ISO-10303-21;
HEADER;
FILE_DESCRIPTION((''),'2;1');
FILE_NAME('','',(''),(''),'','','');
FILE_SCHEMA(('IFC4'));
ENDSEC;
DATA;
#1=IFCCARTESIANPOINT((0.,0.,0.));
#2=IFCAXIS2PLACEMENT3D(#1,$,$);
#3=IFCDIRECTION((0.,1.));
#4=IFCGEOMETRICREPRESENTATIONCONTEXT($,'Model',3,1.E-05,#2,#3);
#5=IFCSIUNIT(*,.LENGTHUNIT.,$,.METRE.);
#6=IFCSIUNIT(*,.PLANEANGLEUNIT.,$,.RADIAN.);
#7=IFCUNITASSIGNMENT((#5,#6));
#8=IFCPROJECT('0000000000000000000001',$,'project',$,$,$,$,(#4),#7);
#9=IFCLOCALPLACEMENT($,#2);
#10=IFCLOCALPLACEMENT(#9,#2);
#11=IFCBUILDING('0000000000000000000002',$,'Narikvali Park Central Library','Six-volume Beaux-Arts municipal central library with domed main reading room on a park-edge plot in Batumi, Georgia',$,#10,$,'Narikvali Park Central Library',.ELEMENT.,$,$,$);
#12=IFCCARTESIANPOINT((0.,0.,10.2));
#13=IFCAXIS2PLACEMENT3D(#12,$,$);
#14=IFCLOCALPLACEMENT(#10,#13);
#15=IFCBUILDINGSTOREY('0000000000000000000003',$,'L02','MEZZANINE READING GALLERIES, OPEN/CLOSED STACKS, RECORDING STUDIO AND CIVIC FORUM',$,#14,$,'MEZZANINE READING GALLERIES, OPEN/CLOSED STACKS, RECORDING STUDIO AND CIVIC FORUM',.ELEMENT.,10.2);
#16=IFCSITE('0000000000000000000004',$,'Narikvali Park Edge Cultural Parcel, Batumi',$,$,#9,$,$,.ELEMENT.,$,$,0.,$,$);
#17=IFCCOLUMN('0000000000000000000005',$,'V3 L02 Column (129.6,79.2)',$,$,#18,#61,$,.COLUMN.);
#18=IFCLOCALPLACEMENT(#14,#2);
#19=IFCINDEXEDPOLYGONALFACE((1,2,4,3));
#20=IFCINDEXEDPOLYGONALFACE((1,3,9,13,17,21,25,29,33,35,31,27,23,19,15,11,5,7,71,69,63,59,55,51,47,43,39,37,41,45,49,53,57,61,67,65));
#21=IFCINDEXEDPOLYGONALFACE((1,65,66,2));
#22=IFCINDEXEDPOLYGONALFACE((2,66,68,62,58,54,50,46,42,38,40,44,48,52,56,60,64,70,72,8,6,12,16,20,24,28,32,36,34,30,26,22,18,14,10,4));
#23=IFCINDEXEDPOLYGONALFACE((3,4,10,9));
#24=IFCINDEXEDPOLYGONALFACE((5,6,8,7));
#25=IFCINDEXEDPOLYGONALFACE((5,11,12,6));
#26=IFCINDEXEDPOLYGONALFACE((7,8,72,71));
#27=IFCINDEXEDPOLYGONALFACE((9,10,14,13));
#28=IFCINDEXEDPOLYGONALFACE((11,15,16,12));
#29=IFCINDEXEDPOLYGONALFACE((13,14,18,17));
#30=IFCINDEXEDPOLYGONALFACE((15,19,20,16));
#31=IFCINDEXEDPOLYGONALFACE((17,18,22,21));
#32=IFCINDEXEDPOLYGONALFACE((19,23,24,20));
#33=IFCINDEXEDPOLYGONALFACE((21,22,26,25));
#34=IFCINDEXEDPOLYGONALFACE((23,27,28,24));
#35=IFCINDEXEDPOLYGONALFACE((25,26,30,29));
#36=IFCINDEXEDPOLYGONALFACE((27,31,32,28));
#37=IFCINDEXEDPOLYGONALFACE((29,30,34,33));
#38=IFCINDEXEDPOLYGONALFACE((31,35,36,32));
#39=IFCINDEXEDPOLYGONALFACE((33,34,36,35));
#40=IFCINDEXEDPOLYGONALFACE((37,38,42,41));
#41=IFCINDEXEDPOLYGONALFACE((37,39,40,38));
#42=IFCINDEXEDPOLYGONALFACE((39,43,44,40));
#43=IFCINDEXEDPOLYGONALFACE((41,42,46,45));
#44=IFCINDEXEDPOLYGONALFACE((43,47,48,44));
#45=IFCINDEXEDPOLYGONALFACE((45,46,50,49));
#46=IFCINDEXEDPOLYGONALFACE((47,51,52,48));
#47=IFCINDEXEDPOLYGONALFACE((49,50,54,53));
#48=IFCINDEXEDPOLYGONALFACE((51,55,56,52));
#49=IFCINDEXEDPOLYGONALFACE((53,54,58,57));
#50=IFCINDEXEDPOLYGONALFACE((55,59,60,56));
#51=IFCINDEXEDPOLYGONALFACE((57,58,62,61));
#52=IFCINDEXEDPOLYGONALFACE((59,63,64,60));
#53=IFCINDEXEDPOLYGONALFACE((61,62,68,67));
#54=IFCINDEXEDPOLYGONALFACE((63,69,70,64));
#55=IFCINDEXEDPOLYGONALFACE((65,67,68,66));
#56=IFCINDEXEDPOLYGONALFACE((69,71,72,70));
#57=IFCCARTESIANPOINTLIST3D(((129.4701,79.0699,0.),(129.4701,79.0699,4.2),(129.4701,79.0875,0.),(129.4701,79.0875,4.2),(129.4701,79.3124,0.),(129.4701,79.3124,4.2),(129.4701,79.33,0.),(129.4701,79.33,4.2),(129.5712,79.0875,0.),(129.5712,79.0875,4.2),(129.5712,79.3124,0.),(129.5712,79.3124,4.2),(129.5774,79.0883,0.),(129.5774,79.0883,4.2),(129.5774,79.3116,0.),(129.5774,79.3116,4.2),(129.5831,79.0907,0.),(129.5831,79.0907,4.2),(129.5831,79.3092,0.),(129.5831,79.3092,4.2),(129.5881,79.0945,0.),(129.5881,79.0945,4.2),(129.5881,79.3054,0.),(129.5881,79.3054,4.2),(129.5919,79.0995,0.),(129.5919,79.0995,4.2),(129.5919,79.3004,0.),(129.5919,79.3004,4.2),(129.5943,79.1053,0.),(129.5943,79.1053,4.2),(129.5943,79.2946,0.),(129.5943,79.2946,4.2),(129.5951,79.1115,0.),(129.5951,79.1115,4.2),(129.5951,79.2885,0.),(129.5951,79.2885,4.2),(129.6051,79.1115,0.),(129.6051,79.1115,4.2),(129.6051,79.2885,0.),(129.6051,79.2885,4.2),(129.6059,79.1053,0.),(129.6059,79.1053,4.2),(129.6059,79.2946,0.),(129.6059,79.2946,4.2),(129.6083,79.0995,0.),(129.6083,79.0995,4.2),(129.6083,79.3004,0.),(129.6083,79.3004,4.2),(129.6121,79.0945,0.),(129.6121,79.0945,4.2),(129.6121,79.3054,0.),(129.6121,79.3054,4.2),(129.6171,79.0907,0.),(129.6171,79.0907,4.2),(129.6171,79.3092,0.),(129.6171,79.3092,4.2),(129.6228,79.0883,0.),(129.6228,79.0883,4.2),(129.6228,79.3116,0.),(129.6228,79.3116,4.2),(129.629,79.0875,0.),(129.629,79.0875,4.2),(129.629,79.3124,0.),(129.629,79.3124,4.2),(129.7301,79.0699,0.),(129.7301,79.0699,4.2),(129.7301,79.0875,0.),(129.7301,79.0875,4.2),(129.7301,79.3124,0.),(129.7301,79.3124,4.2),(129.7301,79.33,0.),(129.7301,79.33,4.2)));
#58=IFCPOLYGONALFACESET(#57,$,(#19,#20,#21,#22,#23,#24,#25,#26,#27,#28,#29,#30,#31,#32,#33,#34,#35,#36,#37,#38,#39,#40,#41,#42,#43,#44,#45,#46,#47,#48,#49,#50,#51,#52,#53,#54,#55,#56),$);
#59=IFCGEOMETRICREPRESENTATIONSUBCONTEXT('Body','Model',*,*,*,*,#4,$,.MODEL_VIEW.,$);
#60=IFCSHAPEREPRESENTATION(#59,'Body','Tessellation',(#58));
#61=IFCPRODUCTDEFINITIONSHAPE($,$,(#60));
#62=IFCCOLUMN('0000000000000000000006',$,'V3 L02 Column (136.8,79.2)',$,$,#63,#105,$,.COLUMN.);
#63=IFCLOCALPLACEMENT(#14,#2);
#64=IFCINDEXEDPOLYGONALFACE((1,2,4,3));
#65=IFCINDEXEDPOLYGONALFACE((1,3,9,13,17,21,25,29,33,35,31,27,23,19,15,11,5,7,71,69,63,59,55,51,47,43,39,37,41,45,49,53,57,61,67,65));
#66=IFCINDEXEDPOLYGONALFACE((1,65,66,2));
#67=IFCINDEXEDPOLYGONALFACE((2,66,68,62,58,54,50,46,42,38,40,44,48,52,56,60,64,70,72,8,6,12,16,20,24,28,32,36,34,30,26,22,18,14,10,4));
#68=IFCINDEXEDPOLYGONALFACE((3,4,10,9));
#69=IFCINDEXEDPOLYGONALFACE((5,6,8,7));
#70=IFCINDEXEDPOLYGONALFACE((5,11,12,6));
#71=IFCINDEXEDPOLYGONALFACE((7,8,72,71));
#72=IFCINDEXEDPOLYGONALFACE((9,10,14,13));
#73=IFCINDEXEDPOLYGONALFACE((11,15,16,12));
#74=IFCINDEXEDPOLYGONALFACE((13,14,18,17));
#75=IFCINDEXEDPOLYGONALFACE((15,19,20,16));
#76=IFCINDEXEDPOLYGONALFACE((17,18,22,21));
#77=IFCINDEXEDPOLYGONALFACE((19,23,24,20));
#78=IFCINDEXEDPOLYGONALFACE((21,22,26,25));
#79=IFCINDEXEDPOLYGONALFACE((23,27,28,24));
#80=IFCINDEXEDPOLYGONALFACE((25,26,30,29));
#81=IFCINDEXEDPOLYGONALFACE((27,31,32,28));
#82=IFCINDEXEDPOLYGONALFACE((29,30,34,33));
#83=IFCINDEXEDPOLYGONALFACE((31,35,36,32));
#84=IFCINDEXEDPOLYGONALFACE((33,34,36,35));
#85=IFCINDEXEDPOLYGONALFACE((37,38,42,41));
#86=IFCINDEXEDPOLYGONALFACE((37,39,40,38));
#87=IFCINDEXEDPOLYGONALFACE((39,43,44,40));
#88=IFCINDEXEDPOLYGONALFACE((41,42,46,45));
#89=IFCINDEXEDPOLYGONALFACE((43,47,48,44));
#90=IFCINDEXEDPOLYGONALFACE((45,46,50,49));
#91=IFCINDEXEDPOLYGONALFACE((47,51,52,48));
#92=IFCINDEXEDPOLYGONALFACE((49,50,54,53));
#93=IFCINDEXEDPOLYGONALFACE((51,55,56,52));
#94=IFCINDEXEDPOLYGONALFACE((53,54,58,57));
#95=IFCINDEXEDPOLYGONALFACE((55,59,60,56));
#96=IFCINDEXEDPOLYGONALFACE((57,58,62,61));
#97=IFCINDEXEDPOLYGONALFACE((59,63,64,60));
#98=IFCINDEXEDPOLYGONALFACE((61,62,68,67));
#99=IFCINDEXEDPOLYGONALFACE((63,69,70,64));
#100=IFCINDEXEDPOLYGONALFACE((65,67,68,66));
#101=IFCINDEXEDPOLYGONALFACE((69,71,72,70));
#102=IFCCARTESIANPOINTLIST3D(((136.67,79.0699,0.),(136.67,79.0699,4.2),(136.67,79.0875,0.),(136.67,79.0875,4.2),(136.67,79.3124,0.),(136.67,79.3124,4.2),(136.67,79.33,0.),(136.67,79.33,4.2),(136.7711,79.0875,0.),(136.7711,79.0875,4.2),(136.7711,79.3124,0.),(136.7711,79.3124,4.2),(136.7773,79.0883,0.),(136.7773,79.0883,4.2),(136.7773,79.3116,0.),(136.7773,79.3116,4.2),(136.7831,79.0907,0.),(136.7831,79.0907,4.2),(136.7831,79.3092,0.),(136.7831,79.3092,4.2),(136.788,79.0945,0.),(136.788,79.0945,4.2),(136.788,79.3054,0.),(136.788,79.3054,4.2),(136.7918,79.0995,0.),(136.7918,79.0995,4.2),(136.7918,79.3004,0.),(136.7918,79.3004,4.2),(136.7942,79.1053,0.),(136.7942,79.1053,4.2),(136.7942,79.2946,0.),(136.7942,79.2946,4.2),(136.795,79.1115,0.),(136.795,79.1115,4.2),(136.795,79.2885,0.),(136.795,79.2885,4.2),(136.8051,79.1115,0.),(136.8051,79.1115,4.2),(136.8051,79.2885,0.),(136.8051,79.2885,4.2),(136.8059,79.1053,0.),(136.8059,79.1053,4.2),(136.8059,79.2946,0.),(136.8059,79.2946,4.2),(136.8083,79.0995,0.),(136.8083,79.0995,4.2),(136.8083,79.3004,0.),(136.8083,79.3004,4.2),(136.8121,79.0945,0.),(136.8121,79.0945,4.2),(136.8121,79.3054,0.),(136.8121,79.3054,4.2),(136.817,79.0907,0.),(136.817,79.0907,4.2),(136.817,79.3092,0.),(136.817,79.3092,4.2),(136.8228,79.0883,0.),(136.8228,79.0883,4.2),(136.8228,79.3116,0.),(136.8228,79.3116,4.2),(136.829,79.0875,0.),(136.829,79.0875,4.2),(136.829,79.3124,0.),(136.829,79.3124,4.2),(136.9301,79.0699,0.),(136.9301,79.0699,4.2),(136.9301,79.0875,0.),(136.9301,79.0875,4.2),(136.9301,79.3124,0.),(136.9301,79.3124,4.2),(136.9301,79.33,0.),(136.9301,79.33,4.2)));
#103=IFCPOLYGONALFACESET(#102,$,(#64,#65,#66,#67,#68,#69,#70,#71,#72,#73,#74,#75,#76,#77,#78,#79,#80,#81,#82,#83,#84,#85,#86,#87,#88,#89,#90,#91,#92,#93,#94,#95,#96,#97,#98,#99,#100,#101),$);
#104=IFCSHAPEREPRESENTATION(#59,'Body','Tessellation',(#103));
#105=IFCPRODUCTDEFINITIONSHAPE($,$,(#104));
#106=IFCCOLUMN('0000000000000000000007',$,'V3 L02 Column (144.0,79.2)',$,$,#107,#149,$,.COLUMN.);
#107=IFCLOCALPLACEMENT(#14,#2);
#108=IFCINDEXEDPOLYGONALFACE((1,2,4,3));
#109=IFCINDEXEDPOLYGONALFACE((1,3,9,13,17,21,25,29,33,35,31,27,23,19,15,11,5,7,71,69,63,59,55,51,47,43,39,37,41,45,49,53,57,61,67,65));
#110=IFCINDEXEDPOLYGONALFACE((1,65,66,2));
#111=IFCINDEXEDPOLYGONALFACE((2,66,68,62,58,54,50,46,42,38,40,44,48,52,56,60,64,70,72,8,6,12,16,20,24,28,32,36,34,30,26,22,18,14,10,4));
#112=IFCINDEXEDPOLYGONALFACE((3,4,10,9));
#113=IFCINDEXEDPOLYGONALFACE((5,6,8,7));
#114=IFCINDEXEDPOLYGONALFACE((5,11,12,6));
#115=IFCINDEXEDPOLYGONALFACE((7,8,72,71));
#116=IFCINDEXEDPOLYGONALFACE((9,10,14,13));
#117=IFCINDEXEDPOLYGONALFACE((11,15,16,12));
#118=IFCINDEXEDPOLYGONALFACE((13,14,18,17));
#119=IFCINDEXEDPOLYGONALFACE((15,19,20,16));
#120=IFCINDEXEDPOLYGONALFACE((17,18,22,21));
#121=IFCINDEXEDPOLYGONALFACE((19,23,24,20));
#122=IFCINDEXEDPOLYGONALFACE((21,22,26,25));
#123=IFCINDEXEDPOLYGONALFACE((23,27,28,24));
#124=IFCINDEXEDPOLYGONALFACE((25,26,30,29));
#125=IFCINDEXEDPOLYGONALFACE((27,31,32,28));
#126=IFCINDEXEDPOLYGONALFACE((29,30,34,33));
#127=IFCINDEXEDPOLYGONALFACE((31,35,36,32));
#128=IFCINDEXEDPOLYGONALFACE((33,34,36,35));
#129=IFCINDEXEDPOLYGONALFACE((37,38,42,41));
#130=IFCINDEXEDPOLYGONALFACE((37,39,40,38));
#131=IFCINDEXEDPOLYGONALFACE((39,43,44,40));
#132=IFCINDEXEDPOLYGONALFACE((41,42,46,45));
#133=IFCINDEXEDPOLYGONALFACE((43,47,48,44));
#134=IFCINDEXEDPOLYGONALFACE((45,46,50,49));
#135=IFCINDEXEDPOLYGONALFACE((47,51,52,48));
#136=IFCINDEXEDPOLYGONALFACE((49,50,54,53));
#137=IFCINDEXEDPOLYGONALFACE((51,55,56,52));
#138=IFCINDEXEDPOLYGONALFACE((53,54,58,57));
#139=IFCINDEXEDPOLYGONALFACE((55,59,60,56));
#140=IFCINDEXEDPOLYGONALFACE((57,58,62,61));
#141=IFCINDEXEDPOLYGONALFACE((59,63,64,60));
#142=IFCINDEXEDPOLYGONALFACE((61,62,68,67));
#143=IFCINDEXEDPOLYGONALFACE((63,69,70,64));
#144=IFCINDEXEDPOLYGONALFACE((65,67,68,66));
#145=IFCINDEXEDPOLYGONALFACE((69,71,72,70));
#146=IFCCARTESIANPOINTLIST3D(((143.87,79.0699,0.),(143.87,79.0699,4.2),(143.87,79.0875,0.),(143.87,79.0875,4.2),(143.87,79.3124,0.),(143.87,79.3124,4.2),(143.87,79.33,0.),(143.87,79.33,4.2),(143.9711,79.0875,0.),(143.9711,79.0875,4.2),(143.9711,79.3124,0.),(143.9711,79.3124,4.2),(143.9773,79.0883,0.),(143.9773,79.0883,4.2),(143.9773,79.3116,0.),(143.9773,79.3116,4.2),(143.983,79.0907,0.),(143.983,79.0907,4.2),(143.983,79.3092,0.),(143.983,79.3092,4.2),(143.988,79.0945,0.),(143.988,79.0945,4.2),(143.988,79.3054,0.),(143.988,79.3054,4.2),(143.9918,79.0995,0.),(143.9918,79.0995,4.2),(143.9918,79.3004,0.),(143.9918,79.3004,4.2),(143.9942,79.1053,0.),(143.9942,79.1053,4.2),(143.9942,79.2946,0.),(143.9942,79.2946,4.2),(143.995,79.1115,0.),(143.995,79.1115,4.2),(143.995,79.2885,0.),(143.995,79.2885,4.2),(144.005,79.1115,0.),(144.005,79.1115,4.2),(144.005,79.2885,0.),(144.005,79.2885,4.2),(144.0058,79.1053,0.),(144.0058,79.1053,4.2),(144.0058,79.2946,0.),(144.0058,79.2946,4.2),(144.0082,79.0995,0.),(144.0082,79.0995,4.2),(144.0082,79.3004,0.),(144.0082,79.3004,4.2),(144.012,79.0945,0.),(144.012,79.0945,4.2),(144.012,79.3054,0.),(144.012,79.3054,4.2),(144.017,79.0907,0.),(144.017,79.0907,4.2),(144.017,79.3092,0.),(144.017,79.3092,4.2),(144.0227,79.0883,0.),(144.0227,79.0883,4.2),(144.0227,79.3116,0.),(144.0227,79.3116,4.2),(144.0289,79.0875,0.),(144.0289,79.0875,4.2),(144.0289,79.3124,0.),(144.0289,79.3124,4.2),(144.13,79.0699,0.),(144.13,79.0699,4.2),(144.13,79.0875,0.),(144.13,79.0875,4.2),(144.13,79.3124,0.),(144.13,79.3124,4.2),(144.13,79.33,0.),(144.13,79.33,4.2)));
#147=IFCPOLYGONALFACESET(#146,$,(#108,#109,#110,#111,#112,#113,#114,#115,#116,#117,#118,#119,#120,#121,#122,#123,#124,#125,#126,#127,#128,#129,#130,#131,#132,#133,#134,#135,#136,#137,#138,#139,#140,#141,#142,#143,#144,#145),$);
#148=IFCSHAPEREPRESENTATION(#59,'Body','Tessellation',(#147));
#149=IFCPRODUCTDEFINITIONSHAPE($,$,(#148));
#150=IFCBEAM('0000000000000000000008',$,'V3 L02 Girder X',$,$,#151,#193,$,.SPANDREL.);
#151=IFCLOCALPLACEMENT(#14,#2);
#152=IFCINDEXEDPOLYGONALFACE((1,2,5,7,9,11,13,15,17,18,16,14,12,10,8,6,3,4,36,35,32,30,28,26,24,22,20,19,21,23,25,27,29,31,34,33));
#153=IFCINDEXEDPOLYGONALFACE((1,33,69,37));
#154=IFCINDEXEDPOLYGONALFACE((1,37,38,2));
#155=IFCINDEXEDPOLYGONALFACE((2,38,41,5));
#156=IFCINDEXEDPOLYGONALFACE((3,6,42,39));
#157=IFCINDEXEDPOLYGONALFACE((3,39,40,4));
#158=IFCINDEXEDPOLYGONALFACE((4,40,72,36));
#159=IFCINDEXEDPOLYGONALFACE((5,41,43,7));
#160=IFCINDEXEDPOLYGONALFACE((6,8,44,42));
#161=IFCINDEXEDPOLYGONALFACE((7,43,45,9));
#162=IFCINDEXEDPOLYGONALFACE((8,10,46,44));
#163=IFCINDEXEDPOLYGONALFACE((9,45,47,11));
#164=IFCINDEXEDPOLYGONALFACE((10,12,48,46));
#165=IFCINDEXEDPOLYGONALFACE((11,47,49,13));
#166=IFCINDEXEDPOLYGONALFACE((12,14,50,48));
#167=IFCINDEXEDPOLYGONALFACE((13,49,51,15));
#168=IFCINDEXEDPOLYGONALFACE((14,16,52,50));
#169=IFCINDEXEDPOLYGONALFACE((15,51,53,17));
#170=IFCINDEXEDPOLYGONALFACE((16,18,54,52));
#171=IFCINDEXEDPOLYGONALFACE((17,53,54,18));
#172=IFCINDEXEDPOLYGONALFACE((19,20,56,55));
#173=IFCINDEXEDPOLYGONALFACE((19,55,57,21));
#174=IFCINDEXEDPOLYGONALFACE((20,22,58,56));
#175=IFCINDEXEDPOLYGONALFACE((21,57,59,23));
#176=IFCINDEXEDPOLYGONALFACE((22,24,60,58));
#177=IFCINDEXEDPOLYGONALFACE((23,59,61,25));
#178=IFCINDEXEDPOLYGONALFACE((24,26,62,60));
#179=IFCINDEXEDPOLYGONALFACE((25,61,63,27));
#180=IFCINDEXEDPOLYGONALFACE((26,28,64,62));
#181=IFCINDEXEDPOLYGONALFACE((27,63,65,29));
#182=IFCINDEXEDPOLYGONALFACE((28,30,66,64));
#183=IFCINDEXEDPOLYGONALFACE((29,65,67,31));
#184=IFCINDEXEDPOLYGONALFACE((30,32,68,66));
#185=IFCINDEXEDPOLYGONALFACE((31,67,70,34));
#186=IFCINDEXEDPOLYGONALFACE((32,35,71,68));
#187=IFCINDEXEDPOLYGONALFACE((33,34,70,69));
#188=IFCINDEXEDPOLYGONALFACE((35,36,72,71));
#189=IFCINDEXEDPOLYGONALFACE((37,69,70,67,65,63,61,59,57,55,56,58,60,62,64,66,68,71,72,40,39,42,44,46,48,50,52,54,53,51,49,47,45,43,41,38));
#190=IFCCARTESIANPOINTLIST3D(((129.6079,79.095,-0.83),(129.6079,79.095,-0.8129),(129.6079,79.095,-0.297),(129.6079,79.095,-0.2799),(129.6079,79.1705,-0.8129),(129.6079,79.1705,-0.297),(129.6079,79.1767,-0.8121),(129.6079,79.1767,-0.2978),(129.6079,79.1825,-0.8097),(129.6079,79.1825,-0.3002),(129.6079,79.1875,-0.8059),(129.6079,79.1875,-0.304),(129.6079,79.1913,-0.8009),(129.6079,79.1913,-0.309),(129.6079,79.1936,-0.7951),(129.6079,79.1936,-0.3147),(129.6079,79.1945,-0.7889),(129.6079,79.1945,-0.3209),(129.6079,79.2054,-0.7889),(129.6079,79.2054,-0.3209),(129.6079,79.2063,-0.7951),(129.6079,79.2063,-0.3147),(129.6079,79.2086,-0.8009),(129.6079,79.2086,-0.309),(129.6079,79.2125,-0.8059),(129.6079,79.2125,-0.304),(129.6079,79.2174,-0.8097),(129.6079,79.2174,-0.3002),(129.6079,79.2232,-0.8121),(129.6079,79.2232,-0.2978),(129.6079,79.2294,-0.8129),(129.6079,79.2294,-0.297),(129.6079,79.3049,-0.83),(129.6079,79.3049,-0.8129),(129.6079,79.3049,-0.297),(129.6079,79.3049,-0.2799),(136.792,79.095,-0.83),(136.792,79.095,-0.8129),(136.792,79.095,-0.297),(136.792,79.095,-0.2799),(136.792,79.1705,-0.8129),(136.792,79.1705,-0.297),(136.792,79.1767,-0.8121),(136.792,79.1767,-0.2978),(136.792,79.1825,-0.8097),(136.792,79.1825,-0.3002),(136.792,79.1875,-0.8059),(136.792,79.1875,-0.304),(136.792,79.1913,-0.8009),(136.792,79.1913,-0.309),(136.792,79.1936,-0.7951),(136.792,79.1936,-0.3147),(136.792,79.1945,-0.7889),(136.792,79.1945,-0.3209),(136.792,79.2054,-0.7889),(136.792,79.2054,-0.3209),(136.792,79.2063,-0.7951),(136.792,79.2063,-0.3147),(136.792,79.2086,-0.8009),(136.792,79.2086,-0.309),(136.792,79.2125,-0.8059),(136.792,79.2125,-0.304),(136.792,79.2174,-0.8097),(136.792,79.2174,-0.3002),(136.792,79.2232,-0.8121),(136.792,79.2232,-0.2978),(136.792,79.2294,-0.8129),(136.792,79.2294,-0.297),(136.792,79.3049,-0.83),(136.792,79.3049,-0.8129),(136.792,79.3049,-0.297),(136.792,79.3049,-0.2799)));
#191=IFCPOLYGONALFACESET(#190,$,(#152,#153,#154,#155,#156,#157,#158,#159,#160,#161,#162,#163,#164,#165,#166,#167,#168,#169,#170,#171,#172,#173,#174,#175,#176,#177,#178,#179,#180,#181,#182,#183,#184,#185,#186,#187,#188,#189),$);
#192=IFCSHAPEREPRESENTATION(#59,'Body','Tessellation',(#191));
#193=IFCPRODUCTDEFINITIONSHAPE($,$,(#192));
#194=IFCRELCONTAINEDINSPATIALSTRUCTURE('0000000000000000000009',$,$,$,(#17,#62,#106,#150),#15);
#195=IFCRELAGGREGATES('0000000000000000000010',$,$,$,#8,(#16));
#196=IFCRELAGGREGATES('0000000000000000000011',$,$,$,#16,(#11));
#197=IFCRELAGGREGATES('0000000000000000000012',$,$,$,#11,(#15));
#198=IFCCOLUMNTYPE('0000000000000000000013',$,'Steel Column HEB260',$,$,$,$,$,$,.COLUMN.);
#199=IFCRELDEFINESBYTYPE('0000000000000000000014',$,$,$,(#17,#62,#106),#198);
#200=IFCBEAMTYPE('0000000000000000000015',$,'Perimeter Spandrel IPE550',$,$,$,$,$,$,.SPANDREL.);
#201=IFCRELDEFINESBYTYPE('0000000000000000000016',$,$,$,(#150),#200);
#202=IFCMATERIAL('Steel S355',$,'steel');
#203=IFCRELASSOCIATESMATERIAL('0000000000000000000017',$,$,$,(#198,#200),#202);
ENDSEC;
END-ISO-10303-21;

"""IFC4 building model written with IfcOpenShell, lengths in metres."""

from ifc_helpers import new_model, si_unit, direction, frame, origin, origin_2d, place, context, subcontext, project, spatial, i_section, extrude, material, material_profile, profile_set, type_object, element, save


model = new_model("IFC4")

# Units and contexts
model_context = context("Model", 3, precision=1e-05, world=origin(), true_north=direction((0.0, 1.0)))
body_context = subcontext(model_context, "Body", "Model", "MODEL_VIEW")
ifc_project = project(units=[si_unit("LENGTHUNIT", "METRE"), si_unit("PLANEANGLEUNIT", "RADIAN")], contexts=[model_context])

# Site, building, storey
site_placement = place(None, origin())
site = spatial("IfcSite", under=ifc_project, at=site_placement, Name="Narikvali Park Edge Cultural Parcel, Batumi", CompositionType="ELEMENT", RefElevation=0.0)
building_placement = place(site_placement, origin())
building = spatial("IfcBuilding", under=site, at=building_placement, Name="Narikvali Park Central Library", Description="Six-volume Beaux-Arts municipal central library with domed main reading room on a park-edge plot in Batumi, Georgia", LongName="Narikvali Park Central Library", CompositionType="ELEMENT")
storey_placement = place(building_placement, frame((0.0, 0.0, 10.2)))
storey = spatial("IfcBuildingStorey", under=building, at=storey_placement, Name="L02", Description="MEZZANINE READING GALLERIES, OPEN/CLOSED STACKS, RECORDING STUDIO AND CIVIC FORUM", LongName="MEZZANINE READING GALLERIES, OPEN/CLOSED STACKS, RECORDING STUDIO AND CIVIC FORUM", CompositionType="ELEMENT", Elevation=10.2)

# Columns
ifc_material_1 = material(Name="Steel S355", Category="steel")
ifc_material_profile_1 = material_profile(ifc_material_1, i_section(OverallWidth=0.26, OverallDepth=0.26, WebThickness=0.01, FlangeThickness=0.0176, FilletRadius=0.0239, at=origin_2d()), Name="HEB 260")
ifc_profile_set_1 = profile_set([ifc_material_profile_1], Name="Steel S355")
column_type = type_object("IfcColumnType", Name="Steel Column HEB260", PredefinedType="COLUMN", material=ifc_profile_set_1)
for number, where, z_axis, x_axis, name in (
    (1, (129.6001, 79.2, 0.0), (0.0, 0.0, 1.0), (1.0, 0.0, 0.0), "V3 L02 Column (129.6,79.2)"),
    (2, (136.8, 79.2, 0.0), (0.0, 0.0, 1.0), (1.0, 0.0, 0.0), "V3 L02 Column (136.8,79.2)"),
    (3, (144.0, 79.2, 0.0), (0.0, 0.0, 1.0), (1.0, 0.0, 0.0), "V3 L02 Column (144.0,79.2)"),
):
    element("IfcColumn", number, at=place(storey_placement, frame(where, z_axis=z_axis, x_axis=x_axis)), inside=storey, type_object=column_type, Name=name, PredefinedType="COLUMN", context=body_context, shape_type="SweptSolid", body=[
        extrude(i_section(OverallWidth=0.26, OverallDepth=0.26, WebThickness=0.01, FlangeThickness=0.0176, FilletRadius=0.0239, at=origin_2d()), origin(), (0.0, 0.0, 1.0), 4.2),
    ])

# Beam
ifc_material_profile_2 = material_profile(ifc_material_1, i_section(OverallWidth=0.21, OverallDepth=0.55, WebThickness=0.011, FlangeThickness=0.0171, FilletRadius=0.0239, at=origin_2d()), Name="IPE 550")
ifc_profile_set_2 = profile_set([ifc_material_profile_2], Name="Steel S355")
beam_type_1 = type_object("IfcBeamType", Name="Perimeter Spandrel IPE550", PredefinedType="SPANDREL", material=ifc_profile_set_2)
beam_1_placement = place(storey_placement, frame((129.6079, 79.2, -0.5549), z_axis=(1.0, 0.0, 0.0), x_axis=(0.0, 1.0, 0.0)))
element("IfcBeam", 4, at=beam_1_placement, inside=storey, type_object=beam_type_1, Name="V3 L02 Girder X", PredefinedType="SPANDREL", context=body_context, shape_type="SweptSolid", body=[
    extrude(i_section(OverallWidth=0.21, OverallDepth=0.55, WebThickness=0.011, FlangeThickness=0.0171, FilletRadius=0.0239, at=origin_2d()), origin(), (0.0, 0.0, 1.0), 7.1841),
])

save(model, "model.ifc")
